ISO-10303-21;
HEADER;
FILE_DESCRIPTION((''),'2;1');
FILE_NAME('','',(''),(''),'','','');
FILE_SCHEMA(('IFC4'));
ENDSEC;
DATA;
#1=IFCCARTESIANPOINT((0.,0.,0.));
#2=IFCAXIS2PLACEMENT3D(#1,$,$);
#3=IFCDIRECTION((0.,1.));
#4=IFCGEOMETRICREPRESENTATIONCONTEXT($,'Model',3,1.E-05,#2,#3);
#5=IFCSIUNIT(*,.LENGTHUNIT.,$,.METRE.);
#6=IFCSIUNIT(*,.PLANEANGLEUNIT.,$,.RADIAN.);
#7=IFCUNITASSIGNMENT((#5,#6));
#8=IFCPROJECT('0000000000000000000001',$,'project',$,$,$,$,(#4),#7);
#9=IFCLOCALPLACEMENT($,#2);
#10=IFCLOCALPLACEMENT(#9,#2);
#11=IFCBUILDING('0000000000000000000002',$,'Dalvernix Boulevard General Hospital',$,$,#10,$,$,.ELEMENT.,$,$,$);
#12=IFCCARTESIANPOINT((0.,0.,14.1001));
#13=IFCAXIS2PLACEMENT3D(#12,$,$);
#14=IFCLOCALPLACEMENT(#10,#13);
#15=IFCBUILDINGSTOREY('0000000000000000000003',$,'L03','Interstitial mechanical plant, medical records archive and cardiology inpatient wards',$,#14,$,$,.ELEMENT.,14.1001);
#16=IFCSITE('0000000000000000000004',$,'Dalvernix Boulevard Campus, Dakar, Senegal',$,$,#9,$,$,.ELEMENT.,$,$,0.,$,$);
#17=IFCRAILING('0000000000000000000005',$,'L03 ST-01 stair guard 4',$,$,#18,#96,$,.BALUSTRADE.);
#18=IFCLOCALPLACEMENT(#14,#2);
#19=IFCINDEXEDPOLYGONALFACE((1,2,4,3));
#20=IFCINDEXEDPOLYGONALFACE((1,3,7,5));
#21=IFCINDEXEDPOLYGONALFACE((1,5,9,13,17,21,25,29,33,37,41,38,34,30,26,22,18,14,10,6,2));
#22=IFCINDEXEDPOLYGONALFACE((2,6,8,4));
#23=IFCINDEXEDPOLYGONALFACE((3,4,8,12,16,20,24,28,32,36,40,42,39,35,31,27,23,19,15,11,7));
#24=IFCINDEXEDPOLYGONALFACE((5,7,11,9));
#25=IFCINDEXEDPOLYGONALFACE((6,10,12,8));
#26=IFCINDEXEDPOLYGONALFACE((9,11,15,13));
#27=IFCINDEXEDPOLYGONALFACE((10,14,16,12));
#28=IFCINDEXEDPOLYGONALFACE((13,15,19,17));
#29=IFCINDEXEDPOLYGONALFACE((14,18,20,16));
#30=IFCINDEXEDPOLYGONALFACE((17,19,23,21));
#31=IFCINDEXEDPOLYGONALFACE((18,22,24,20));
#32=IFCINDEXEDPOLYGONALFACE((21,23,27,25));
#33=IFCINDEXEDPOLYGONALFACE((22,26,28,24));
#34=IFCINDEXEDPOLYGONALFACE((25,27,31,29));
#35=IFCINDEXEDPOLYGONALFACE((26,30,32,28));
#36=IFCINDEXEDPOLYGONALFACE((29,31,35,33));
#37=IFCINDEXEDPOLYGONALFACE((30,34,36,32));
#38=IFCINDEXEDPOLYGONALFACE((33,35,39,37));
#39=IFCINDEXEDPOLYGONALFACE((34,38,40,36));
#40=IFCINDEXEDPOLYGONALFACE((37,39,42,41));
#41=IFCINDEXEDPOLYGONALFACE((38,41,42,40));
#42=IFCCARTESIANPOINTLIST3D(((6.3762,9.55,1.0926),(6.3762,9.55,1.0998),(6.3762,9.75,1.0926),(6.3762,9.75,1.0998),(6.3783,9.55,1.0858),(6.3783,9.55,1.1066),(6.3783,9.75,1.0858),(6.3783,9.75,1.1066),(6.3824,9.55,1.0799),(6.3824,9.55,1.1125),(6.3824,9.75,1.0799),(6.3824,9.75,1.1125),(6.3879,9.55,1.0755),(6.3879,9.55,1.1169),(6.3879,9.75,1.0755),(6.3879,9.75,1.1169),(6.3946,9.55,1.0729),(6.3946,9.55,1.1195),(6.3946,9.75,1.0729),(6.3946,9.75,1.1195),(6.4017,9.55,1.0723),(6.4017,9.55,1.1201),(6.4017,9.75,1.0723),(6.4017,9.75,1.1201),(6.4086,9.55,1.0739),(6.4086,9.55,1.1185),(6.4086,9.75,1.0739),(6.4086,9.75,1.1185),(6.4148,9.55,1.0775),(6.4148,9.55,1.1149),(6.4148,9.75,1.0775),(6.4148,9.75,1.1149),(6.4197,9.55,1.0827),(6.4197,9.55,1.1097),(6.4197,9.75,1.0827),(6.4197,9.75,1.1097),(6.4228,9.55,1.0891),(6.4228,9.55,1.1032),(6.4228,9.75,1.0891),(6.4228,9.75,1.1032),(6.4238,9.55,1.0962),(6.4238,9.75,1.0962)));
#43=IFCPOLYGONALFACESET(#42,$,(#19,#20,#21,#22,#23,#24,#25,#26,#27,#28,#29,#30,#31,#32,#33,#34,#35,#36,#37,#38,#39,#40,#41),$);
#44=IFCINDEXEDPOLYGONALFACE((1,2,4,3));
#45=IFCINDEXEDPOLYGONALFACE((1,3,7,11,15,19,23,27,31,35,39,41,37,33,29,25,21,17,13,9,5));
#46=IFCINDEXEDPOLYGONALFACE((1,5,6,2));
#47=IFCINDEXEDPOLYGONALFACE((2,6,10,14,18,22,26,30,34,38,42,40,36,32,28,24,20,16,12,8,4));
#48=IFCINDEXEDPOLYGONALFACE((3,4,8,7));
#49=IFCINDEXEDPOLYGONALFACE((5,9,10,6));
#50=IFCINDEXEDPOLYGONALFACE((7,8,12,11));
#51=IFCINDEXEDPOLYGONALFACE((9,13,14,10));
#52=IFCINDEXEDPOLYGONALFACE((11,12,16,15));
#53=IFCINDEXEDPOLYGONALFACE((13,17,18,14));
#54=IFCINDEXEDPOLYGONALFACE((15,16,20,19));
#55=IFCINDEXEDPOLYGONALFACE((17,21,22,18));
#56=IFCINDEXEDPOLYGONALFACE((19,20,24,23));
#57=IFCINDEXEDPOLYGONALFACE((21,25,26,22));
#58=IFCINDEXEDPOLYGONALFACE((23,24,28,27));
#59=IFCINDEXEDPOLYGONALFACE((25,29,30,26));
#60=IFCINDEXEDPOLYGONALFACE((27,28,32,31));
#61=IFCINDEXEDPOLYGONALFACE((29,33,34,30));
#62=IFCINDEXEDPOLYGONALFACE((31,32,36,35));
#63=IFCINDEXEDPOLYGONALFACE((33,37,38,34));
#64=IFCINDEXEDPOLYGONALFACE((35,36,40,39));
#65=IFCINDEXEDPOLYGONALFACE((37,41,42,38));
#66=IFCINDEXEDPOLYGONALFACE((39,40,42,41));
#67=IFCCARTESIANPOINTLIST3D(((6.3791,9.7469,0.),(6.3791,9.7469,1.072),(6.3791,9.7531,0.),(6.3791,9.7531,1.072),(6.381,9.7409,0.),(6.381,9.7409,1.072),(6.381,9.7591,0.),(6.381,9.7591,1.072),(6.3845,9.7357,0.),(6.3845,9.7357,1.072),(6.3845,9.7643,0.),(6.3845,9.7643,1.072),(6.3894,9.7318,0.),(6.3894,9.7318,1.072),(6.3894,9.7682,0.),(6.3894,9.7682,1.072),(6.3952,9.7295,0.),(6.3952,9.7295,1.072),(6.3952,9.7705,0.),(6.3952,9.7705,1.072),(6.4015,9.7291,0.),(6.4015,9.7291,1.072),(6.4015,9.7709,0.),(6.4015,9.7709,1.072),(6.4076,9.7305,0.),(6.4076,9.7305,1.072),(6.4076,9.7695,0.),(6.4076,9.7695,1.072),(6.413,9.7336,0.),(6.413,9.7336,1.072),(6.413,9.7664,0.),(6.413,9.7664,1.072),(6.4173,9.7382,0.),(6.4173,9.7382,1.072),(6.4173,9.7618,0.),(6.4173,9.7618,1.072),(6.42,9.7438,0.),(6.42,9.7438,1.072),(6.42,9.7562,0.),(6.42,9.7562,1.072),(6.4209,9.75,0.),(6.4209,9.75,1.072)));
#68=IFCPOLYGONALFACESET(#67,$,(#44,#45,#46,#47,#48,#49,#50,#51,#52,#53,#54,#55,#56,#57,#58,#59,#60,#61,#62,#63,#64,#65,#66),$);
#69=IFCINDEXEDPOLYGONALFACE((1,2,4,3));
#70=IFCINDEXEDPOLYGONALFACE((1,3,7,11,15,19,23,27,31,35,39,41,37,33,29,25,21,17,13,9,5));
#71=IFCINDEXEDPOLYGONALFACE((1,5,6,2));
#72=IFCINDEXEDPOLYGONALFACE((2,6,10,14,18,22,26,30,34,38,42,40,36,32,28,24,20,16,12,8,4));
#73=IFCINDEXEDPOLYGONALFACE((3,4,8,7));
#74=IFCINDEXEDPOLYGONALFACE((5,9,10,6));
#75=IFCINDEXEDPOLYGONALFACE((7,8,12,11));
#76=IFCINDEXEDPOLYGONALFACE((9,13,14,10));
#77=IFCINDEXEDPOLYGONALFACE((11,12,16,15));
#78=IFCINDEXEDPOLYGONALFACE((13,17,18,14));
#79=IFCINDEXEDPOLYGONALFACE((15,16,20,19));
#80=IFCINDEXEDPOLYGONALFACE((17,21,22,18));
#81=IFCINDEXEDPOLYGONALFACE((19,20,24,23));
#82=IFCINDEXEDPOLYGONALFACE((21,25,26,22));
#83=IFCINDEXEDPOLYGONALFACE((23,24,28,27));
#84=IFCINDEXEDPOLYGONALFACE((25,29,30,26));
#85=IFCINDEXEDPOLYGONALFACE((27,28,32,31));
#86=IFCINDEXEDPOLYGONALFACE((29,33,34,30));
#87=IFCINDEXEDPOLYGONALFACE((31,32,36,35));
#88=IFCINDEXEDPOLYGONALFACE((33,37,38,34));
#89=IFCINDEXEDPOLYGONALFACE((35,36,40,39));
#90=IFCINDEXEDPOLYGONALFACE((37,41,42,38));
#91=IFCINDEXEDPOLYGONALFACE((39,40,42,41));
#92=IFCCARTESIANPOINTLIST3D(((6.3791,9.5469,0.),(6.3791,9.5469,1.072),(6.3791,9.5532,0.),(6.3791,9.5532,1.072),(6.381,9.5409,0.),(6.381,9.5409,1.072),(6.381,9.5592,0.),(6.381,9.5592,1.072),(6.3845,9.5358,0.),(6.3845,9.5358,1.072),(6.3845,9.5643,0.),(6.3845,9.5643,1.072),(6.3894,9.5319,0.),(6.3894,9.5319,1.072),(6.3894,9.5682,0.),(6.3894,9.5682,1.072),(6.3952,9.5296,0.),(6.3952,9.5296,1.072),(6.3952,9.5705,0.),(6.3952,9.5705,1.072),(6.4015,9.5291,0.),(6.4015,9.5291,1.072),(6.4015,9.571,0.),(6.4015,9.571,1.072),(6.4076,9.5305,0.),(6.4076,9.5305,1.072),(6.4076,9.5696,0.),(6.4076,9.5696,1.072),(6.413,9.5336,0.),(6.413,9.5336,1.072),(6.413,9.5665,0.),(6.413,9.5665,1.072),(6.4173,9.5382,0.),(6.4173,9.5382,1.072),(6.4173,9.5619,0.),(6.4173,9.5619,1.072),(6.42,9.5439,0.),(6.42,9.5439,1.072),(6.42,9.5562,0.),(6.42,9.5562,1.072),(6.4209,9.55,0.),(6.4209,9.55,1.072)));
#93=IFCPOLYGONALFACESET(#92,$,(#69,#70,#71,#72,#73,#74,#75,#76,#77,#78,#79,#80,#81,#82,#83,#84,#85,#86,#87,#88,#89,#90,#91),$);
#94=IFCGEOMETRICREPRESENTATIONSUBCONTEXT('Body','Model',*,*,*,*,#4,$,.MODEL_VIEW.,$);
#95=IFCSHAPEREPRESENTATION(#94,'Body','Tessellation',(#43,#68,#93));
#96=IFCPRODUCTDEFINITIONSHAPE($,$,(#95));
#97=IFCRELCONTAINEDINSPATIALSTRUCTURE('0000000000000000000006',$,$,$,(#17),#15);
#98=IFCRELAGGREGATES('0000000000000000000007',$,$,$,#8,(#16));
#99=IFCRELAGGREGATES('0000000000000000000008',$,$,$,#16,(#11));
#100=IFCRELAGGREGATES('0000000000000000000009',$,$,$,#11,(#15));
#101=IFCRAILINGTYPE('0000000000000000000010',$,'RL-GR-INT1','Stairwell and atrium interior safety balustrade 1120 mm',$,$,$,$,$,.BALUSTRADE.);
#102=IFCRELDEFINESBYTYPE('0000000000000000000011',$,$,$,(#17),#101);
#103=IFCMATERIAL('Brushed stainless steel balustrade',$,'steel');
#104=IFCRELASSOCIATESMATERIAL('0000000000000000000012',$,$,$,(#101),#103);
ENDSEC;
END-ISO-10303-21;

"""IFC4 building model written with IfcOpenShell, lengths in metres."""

from ifc_helpers import new_model, si_unit, direction, frame, origin, origin_2d, place, context, subcontext, project, spatial, circle, extrude, material, type_object, element, save


model = new_model("IFC4")

# Units and contexts
model_context = context("Model", 3, precision=1e-05, world=origin(), true_north=direction((0.0, 1.0)))
body_context = subcontext(model_context, "Body", "Model", "MODEL_VIEW")
ifc_project = project(units=[si_unit("LENGTHUNIT", "METRE"), si_unit("PLANEANGLEUNIT", "RADIAN")], contexts=[model_context])

# Site, building, storey
site_placement = place(None, origin())
site = spatial("IfcSite", under=ifc_project, at=site_placement, Name="Dalvernix Boulevard Campus, Dakar, Senegal", CompositionType="ELEMENT", RefElevation=0.0)
building_placement = place(site_placement, origin())
building = spatial("IfcBuilding", under=site, at=building_placement, Name="Dalvernix Boulevard General Hospital", CompositionType="ELEMENT")
storey_placement = place(building_placement, frame((0.0, 0.0, 14.1001)))
storey = spatial("IfcBuildingStorey", under=building, at=storey_placement, Name="L03", Description="Interstitial mechanical plant, medical records archive and cardiology inpatient wards", CompositionType="ELEMENT", Elevation=14.1001)

# Railing
ifc_material_1 = material(Name="Brushed stainless steel balustrade", Category="steel")
railing_type_1 = type_object("IfcRailingType", Name="RL-GR-INT1", Description="Stairwell and atrium interior safety balustrade 1120 mm", PredefinedType="BALUSTRADE", material=ifc_material_1)
railing_1_placement = place(storey_placement, frame((6.3999, 9.75, 0.0)))
element("IfcRailing", 1, at=railing_1_placement, inside=storey, type_object=railing_type_1, Name="L03 ST-01 stair guard 4", PredefinedType="BALUSTRADE", context=body_context, shape_type="SweptSolid", body=[
    extrude(circle(Radius=0.0239, at=origin_2d()), frame((0.0, 0.0, 1.0962), z_axis=(0.0, -1.0, 0.0), x_axis=(1.0, 0.0, 0.0)), (0.0, 0.0, 1.0), 0.2),
    extrude(circle(Radius=0.021, at=origin_2d()), origin(), (0.0, 0.0, 1.0), 1.072),
    extrude(circle(Radius=0.021, at=origin_2d()), frame((0.0, -0.2, 0.0)), (0.0, 0.0, 1.0), 1.072),
])

save(model, "model.ifc")
